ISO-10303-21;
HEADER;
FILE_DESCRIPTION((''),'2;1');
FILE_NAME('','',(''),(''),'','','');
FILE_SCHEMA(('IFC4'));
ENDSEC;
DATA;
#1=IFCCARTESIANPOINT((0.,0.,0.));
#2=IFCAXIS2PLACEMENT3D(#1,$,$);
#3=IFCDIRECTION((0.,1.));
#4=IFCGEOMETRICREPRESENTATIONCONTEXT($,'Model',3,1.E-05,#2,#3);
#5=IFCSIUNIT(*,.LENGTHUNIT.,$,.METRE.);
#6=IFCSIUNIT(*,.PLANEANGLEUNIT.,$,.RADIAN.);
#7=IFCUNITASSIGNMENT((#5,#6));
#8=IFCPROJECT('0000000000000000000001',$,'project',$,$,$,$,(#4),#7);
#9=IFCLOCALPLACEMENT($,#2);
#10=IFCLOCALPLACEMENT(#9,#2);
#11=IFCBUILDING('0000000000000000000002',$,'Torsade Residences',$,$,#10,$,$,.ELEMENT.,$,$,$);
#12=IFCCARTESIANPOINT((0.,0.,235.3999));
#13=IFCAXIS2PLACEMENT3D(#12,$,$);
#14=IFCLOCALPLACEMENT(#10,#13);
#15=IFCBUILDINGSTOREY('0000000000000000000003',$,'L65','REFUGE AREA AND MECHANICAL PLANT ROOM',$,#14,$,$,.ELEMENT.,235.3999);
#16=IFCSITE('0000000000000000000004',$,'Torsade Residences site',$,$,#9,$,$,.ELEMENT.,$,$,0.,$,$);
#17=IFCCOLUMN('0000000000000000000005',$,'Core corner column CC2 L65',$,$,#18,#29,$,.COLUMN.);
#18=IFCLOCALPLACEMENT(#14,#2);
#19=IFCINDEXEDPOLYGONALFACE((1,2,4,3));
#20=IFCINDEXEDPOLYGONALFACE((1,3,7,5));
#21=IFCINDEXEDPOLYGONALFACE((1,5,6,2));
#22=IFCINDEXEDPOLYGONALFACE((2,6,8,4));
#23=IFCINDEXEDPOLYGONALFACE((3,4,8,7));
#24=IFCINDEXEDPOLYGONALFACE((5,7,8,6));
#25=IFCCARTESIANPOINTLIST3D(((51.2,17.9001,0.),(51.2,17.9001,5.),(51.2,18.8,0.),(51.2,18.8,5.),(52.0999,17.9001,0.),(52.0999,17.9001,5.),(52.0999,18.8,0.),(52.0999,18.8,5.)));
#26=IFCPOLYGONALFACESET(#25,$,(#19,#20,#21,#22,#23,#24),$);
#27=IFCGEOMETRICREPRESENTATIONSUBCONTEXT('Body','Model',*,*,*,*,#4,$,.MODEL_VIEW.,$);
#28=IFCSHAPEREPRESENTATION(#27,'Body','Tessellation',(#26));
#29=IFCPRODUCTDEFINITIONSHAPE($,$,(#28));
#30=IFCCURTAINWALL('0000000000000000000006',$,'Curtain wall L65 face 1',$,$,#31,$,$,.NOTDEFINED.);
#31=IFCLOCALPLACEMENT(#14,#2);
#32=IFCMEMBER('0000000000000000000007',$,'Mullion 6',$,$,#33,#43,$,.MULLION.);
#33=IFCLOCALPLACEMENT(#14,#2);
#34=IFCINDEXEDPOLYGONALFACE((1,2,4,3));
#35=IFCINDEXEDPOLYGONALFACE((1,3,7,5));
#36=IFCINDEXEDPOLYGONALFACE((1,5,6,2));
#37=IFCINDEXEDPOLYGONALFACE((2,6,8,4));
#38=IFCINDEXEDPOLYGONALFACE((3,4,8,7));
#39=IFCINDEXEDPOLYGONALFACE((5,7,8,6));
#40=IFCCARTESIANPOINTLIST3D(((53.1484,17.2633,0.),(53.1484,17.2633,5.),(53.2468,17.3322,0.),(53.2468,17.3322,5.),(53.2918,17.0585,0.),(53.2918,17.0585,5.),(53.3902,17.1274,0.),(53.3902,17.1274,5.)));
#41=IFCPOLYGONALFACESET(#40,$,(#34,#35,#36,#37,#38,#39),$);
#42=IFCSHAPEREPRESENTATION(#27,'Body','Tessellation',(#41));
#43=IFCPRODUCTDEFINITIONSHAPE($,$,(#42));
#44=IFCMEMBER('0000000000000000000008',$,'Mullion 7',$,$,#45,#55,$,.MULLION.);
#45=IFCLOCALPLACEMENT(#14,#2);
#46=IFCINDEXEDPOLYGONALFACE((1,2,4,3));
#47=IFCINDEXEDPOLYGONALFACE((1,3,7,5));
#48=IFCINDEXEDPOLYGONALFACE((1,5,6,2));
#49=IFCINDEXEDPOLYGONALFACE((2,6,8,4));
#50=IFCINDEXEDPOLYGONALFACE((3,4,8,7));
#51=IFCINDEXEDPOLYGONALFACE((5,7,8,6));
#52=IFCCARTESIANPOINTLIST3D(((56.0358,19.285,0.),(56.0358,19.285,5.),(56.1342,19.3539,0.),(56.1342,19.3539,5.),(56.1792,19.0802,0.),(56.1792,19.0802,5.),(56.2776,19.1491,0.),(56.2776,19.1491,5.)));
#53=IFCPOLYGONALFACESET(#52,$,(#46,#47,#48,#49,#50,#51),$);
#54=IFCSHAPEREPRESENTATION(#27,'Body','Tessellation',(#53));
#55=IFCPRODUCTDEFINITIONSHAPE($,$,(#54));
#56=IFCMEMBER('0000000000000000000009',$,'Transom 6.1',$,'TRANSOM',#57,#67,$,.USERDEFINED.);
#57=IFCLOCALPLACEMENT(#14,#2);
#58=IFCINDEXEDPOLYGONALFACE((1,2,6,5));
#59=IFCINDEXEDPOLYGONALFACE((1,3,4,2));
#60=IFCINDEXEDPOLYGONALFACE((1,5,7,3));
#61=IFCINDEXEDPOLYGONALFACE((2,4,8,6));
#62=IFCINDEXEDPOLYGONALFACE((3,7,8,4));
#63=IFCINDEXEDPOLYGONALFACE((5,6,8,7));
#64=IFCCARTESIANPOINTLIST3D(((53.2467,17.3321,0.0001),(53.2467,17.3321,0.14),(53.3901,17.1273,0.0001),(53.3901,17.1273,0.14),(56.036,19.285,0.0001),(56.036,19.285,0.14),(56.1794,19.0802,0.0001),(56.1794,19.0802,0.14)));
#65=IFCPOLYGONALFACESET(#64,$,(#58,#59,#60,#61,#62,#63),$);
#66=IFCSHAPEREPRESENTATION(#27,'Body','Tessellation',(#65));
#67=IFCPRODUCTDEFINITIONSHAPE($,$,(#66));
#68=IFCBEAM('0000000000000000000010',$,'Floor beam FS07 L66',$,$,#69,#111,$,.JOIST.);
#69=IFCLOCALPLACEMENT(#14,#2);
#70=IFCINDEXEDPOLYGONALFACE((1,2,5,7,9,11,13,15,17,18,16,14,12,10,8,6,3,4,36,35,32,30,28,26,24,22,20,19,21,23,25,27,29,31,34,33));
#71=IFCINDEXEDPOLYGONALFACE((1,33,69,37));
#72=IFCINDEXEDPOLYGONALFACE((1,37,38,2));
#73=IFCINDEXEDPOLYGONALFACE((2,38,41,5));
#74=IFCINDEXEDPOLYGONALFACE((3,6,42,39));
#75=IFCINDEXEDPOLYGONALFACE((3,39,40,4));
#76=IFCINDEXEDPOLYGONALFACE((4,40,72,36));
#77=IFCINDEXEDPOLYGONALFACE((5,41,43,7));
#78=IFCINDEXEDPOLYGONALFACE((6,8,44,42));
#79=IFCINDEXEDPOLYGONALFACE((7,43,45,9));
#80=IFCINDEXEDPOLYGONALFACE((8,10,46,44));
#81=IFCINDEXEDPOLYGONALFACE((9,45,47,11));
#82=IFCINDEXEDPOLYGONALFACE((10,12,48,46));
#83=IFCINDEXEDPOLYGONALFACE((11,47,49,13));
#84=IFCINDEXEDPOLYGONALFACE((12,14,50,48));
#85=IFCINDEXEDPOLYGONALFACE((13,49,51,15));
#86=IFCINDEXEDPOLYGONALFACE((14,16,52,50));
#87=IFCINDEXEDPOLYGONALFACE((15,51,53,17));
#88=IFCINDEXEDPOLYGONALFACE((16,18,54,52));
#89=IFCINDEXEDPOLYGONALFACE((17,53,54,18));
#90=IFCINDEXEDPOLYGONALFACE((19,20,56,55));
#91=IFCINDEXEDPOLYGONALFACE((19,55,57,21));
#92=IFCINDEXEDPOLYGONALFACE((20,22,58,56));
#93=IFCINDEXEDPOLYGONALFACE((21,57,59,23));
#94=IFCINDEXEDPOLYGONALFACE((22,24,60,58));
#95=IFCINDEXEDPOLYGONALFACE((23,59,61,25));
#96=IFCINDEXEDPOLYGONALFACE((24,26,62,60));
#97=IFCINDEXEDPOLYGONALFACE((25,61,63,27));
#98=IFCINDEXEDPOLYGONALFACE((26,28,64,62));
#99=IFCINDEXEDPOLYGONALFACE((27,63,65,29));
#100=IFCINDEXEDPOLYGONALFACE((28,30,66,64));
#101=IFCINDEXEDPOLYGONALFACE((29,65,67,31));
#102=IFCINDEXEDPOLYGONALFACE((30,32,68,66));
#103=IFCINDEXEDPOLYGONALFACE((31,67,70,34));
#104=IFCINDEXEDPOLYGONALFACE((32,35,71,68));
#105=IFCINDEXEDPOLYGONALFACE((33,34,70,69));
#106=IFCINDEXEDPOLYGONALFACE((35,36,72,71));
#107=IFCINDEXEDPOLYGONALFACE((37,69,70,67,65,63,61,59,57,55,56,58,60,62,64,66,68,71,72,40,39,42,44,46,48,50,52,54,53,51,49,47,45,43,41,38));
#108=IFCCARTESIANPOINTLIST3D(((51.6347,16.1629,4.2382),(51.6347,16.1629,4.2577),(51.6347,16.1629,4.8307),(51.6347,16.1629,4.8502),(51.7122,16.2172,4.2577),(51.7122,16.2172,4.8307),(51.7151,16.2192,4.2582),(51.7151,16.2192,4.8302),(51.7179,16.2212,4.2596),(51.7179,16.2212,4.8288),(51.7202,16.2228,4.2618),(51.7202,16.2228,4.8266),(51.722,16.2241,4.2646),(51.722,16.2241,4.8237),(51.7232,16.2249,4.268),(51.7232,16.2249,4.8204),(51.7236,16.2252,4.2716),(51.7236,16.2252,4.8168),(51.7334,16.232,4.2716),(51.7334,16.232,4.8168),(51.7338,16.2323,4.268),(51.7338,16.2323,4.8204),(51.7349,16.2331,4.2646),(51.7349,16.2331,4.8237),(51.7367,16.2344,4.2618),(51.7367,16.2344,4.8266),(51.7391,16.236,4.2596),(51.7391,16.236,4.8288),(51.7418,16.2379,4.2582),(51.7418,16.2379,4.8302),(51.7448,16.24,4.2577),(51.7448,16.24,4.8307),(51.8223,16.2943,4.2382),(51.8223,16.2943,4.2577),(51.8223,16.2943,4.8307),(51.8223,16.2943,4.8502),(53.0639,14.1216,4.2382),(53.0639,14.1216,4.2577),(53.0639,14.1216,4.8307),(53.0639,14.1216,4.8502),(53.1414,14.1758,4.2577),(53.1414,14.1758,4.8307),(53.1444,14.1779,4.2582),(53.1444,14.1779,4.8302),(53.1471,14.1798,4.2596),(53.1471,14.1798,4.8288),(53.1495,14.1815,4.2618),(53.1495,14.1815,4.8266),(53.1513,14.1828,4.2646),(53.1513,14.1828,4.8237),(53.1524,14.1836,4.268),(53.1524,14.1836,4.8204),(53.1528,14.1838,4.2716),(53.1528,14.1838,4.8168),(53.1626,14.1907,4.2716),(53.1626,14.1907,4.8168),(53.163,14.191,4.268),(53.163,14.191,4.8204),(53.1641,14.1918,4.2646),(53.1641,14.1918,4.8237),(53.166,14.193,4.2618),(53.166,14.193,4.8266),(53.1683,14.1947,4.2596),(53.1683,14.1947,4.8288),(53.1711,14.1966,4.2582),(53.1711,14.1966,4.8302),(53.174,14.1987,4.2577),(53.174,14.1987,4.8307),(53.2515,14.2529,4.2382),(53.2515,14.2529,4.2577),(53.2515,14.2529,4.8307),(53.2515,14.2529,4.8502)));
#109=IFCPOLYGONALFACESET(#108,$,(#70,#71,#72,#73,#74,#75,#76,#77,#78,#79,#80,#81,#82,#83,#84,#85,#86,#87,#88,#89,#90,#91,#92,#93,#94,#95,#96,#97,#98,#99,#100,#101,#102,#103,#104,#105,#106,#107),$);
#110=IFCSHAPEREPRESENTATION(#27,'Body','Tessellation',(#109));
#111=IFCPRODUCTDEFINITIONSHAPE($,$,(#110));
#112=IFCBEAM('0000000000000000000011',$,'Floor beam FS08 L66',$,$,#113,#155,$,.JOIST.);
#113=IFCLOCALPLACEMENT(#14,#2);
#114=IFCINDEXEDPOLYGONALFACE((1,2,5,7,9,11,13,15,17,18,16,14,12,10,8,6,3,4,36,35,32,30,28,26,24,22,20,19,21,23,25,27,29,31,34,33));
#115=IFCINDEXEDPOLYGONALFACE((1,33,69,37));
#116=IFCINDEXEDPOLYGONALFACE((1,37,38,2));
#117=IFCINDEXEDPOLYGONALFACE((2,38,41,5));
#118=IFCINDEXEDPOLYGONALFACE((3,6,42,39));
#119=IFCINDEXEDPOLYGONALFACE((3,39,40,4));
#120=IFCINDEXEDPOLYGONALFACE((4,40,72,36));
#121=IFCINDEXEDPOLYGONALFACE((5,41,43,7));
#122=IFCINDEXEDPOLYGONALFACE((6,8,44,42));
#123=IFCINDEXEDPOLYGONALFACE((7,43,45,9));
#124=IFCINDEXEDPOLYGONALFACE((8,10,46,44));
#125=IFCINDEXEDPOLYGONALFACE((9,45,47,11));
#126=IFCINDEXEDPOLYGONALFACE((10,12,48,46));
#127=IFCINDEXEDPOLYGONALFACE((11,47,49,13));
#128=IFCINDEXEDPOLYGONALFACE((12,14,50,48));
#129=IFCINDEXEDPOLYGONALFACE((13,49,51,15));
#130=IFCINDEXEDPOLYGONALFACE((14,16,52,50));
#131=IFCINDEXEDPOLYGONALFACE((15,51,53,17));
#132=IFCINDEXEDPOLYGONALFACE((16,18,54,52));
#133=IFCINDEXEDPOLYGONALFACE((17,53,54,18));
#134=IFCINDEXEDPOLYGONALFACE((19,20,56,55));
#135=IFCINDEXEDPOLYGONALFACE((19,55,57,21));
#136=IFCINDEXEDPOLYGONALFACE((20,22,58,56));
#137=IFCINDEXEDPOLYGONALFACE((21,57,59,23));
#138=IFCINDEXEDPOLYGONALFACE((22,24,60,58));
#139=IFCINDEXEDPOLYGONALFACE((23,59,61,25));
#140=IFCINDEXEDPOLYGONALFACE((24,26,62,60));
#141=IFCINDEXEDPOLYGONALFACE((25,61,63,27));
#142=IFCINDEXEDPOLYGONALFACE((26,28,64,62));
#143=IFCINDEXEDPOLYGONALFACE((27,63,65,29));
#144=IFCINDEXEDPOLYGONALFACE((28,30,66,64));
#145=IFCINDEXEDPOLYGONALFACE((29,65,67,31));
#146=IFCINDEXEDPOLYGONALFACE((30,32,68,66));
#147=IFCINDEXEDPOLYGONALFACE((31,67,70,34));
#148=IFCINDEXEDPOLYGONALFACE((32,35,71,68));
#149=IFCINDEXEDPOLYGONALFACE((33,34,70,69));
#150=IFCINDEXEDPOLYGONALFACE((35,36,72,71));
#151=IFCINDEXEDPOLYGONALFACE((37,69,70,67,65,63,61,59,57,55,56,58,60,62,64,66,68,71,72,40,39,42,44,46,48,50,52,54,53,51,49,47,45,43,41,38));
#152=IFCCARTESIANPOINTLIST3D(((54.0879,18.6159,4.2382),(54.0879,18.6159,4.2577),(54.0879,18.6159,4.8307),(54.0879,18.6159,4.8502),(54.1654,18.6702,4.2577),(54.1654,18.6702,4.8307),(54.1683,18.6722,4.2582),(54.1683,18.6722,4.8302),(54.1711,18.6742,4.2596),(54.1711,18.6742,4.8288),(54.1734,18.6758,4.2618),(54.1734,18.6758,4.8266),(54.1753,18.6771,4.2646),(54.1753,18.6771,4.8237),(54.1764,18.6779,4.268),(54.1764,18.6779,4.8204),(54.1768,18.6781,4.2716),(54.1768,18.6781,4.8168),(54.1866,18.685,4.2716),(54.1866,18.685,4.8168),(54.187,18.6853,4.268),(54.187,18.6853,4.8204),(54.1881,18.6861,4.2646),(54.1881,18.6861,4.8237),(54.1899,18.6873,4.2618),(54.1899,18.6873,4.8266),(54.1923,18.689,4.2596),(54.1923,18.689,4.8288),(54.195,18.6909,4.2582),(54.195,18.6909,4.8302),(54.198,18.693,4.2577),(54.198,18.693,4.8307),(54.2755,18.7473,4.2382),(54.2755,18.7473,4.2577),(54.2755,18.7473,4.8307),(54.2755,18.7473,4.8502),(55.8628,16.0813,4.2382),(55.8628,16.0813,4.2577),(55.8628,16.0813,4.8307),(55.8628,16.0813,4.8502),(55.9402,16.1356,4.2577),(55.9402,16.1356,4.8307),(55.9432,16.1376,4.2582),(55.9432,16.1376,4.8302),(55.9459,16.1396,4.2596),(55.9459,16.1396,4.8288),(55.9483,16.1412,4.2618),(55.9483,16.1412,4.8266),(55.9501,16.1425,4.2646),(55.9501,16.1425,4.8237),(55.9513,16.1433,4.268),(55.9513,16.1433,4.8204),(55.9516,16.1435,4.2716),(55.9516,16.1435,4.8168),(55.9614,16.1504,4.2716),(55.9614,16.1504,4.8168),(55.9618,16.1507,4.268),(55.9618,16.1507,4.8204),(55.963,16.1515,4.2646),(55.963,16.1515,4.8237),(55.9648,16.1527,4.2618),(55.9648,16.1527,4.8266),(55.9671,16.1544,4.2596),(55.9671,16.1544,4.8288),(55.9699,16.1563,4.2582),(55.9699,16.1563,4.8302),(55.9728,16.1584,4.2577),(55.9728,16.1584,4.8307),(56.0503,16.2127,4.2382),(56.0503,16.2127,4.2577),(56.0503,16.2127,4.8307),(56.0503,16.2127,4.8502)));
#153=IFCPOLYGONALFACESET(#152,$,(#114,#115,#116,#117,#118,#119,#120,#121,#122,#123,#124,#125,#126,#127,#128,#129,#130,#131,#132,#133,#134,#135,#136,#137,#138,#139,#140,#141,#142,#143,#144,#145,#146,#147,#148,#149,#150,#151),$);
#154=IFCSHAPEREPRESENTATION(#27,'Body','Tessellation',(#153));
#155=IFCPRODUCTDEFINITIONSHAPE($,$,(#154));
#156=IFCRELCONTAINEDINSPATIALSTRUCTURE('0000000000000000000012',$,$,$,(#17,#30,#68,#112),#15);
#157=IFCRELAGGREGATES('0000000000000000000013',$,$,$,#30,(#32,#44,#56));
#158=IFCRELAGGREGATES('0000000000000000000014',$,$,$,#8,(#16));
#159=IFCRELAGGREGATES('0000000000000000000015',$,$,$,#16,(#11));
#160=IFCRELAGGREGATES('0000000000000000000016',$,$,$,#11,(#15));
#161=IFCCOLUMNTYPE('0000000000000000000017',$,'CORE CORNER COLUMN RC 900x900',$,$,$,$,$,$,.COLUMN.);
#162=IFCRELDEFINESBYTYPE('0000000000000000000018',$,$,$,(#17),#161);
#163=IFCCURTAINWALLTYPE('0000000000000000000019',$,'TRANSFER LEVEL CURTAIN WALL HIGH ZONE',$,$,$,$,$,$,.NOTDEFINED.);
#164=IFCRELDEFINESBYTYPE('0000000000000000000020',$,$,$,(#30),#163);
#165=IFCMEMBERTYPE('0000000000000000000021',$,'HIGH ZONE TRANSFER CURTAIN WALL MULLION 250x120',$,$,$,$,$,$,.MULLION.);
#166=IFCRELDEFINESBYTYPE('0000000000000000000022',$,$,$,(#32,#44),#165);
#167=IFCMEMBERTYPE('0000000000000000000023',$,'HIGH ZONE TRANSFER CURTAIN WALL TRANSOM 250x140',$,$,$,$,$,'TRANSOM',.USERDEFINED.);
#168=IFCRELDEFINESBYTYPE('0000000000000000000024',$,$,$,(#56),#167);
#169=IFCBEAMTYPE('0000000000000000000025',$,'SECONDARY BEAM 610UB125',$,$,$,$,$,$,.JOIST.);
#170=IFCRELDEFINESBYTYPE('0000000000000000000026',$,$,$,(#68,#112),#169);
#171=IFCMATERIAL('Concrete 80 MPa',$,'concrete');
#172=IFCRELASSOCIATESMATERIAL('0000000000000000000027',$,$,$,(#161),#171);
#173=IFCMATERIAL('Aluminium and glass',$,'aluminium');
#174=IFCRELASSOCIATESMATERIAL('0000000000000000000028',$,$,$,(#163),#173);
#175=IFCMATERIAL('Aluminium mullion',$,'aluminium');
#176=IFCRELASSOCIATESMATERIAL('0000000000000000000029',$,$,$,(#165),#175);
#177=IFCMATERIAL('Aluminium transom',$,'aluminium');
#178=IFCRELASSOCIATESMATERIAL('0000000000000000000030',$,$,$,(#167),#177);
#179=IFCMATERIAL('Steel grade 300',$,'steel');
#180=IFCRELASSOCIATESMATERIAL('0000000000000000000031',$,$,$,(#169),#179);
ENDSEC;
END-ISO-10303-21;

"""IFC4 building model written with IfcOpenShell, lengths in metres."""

from ifc_helpers import new_model, si_unit, direction, frame, origin, origin_2d, place, context, subcontext, project, spatial, rectangle, i_section, extrude, material, material_profile, profile_set, type_object, element, aggregate, save


model = new_model("IFC4")

# Units and contexts
model_context = context("Model", 3, precision=1e-05, world=origin(), true_north=direction((0.0, 1.0)))
body_context = subcontext(model_context, "Body", "Model", "MODEL_VIEW")
ifc_project = project(units=[si_unit("LENGTHUNIT", "METRE"), si_unit("PLANEANGLEUNIT", "RADIAN")], contexts=[model_context])

# Site, building, storey
site_placement = place(None, origin())
site = spatial("IfcSite", under=ifc_project, at=site_placement, Name="Torsade Residences site", CompositionType="ELEMENT", RefElevation=0.0)
building_placement = place(site_placement, origin())
building = spatial("IfcBuilding", under=site, at=building_placement, Name="Torsade Residences", CompositionType="ELEMENT")
storey_placement = place(building_placement, frame((0.0, 0.0, 235.3999)))
storey = spatial("IfcBuildingStorey", under=building, at=storey_placement, Name="L65", Description="REFUGE AREA AND MECHANICAL PLANT ROOM", CompositionType="ELEMENT", Elevation=235.3999)

# Column
ifc_material_1 = material(Name="Concrete 80 MPa", Category="concrete")
ifc_material_profile_1 = material_profile(ifc_material_1, rectangle(XDim=0.8999, YDim=0.8999, at=origin_2d()), Name="RC 900x900")
ifc_profile_set_1 = profile_set([ifc_material_profile_1], Name="Concrete 80 MPa")
column_type = type_object("IfcColumnType", Name="CORE CORNER COLUMN RC 900x900", PredefinedType="COLUMN", material=ifc_profile_set_1)
column_placement = place(storey_placement, frame((51.6499, 18.3501, 0.0), z_axis=(0.0, 0.0, 1.0), x_axis=(1.0, 0.0, 0.0)))
element("IfcColumn", 1, at=column_placement, inside=storey, type_object=column_type, Name="Core corner column CC2 L65", PredefinedType="COLUMN", context=body_context, shape_type="SweptSolid", body=[
    extrude(rectangle(XDim=0.8999, YDim=0.8999, at=origin_2d()), origin(), (0.0, 0.0, 1.0), 5.0),
])

# Curtain wall, members
ifc_material_2 = material(Name="Aluminium and glass", Category="aluminium")
curtain_wall_type = type_object("IfcCurtainWallType", Name="TRANSFER LEVEL CURTAIN WALL HIGH ZONE", PredefinedType="NOTDEFINED", material=ifc_material_2)
curtain_wall_placement = place(storey_placement, origin())
curtain_wall = element("IfcCurtainWall", 2, at=curtain_wall_placement, inside=storey, type_object=curtain_wall_type, Name="Curtain wall L65 face 1", PredefinedType="NOTDEFINED")
ifc_material_3 = material(Name="Aluminium mullion", Category="aluminium")
ifc_material_profile_2 = material_profile(ifc_material_3, rectangle(XDim=0.25, YDim=0.1201, at=origin_2d()), Name="HIGH ZONE TRANSFER CURTAIN WALL MULLION 250x120")
ifc_profile_set_2 = profile_set([ifc_material_profile_2], Name="Aluminium mullion")
member_type_1 = type_object("IfcMemberType", Name="HIGH ZONE TRANSFER CURTAIN WALL MULLION 250x120", PredefinedType="MULLION", material=ifc_profile_set_2)
member_1_placement = place(storey_placement, frame((53.2693, 17.1953, 0.0), z_axis=(0.0, 0.0, 1.0), x_axis=(-0.573576, 0.819152, 0.0)))
member_1 = element("IfcMember", 3, at=member_1_placement, type_object=member_type_1, Name="Mullion 6", PredefinedType="MULLION", context=body_context, shape_type="SweptSolid", body=[
    extrude(rectangle(XDim=0.25, YDim=0.1201, at=origin_2d()), origin(), (0.0, 0.0, 1.0), 5.0),
])
member_2_placement = place(storey_placement, frame((56.1567, 19.217, 0.0), z_axis=(0.0, 0.0, 1.0), x_axis=(-0.573576, 0.819152, 0.0)))
member_2 = element("IfcMember", 4, at=member_2_placement, type_object=member_type_1, Name="Mullion 7", PredefinedType="MULLION", context=body_context, shape_type="SweptSolid", body=[
    extrude(rectangle(XDim=0.25, YDim=0.1201, at=origin_2d()), origin(), (0.0, 0.0, 1.0), 5.0),
])
ifc_material_4 = material(Name="Aluminium transom", Category="aluminium")
ifc_material_profile_3 = material_profile(ifc_material_4, rectangle(XDim=0.25, YDim=0.1399, at=origin_2d()), Name="HIGH ZONE TRANSFER CURTAIN WALL TRANSOM 250x140")
ifc_profile_set_3 = profile_set([ifc_material_profile_3], Name="Aluminium transom")
member_type_2 = type_object("IfcMemberType", Name="HIGH ZONE TRANSFER CURTAIN WALL TRANSOM 250x140", ElementType="TRANSOM", PredefinedType="USERDEFINED", material=ifc_profile_set_3)
member_3_placement = place(storey_placement, frame((53.3184, 17.2297, 0.0701), z_axis=(0.819181, 0.573535, 0.0), x_axis=(-0.573535, 0.819181, 0.0)))
member_3 = element("IfcMember", 5, at=member_3_placement, type_object=member_type_2, Name="Transom 6.1", ObjectType="TRANSOM", PredefinedType="USERDEFINED", context=body_context, shape_type="SweptSolid", body=[
    extrude(rectangle(XDim=0.25, YDim=0.1399, at=origin_2d()), origin(), (0.0, 0.0, 1.0), 3.405),
])

# Beams
ifc_material_5 = material(Name="Steel grade 300", Category="steel")
ifc_material_profile_4 = material_profile(ifc_material_5, i_section(OverallWidth=0.229, OverallDepth=0.6121, WebThickness=0.012, FlangeThickness=0.0195, FilletRadius=0.0139, at=origin_2d()), Name="610UB125")
ifc_profile_set_4 = profile_set([ifc_material_profile_4], Name="Steel grade 300")
beam_type_1 = type_object("IfcBeamType", Name="SECONDARY BEAM 610UB125", PredefinedType="JOIST", material=ifc_profile_set_4)
beam_1_placement = place(storey_placement, frame((53.1577, 14.1873, 4.5442), z_axis=(-0.573548, 0.819172, 0.0), x_axis=(-0.819172, -0.573548, 0.0)))
element("IfcBeam", 6, at=beam_1_placement, inside=storey, type_object=beam_type_1, Name="Floor beam FS07 L66", PredefinedType="JOIST", context=body_context, shape_type="SweptSolid", body=[
    extrude(i_section(OverallWidth=0.229, OverallDepth=0.6121, WebThickness=0.012, FlangeThickness=0.0195, FilletRadius=0.0139, at=origin_2d()), origin(), (0.0, 0.0, 1.0), 2.4919),
])
beam_2_placement = place(storey_placement, frame((55.9565, 16.147, 4.5442), z_axis=(-0.5736, 0.819136, 0.0), x_axis=(-0.819136, -0.5736, 0.0)))
element("IfcBeam", 7, at=beam_2_placement, inside=storey, type_object=beam_type_1, Name="Floor beam FS08 L66", PredefinedType="JOIST", context=body_context, shape_type="SweptSolid", body=[
    extrude(i_section(OverallWidth=0.229, OverallDepth=0.6121, WebThickness=0.012, FlangeThickness=0.0195, FilletRadius=0.0139, at=origin_2d()), origin(), (0.0, 0.0, 1.0), 3.0942),
])

aggregate(curtain_wall, [member_1, member_2, member_3])

save(model, "model.ifc")
